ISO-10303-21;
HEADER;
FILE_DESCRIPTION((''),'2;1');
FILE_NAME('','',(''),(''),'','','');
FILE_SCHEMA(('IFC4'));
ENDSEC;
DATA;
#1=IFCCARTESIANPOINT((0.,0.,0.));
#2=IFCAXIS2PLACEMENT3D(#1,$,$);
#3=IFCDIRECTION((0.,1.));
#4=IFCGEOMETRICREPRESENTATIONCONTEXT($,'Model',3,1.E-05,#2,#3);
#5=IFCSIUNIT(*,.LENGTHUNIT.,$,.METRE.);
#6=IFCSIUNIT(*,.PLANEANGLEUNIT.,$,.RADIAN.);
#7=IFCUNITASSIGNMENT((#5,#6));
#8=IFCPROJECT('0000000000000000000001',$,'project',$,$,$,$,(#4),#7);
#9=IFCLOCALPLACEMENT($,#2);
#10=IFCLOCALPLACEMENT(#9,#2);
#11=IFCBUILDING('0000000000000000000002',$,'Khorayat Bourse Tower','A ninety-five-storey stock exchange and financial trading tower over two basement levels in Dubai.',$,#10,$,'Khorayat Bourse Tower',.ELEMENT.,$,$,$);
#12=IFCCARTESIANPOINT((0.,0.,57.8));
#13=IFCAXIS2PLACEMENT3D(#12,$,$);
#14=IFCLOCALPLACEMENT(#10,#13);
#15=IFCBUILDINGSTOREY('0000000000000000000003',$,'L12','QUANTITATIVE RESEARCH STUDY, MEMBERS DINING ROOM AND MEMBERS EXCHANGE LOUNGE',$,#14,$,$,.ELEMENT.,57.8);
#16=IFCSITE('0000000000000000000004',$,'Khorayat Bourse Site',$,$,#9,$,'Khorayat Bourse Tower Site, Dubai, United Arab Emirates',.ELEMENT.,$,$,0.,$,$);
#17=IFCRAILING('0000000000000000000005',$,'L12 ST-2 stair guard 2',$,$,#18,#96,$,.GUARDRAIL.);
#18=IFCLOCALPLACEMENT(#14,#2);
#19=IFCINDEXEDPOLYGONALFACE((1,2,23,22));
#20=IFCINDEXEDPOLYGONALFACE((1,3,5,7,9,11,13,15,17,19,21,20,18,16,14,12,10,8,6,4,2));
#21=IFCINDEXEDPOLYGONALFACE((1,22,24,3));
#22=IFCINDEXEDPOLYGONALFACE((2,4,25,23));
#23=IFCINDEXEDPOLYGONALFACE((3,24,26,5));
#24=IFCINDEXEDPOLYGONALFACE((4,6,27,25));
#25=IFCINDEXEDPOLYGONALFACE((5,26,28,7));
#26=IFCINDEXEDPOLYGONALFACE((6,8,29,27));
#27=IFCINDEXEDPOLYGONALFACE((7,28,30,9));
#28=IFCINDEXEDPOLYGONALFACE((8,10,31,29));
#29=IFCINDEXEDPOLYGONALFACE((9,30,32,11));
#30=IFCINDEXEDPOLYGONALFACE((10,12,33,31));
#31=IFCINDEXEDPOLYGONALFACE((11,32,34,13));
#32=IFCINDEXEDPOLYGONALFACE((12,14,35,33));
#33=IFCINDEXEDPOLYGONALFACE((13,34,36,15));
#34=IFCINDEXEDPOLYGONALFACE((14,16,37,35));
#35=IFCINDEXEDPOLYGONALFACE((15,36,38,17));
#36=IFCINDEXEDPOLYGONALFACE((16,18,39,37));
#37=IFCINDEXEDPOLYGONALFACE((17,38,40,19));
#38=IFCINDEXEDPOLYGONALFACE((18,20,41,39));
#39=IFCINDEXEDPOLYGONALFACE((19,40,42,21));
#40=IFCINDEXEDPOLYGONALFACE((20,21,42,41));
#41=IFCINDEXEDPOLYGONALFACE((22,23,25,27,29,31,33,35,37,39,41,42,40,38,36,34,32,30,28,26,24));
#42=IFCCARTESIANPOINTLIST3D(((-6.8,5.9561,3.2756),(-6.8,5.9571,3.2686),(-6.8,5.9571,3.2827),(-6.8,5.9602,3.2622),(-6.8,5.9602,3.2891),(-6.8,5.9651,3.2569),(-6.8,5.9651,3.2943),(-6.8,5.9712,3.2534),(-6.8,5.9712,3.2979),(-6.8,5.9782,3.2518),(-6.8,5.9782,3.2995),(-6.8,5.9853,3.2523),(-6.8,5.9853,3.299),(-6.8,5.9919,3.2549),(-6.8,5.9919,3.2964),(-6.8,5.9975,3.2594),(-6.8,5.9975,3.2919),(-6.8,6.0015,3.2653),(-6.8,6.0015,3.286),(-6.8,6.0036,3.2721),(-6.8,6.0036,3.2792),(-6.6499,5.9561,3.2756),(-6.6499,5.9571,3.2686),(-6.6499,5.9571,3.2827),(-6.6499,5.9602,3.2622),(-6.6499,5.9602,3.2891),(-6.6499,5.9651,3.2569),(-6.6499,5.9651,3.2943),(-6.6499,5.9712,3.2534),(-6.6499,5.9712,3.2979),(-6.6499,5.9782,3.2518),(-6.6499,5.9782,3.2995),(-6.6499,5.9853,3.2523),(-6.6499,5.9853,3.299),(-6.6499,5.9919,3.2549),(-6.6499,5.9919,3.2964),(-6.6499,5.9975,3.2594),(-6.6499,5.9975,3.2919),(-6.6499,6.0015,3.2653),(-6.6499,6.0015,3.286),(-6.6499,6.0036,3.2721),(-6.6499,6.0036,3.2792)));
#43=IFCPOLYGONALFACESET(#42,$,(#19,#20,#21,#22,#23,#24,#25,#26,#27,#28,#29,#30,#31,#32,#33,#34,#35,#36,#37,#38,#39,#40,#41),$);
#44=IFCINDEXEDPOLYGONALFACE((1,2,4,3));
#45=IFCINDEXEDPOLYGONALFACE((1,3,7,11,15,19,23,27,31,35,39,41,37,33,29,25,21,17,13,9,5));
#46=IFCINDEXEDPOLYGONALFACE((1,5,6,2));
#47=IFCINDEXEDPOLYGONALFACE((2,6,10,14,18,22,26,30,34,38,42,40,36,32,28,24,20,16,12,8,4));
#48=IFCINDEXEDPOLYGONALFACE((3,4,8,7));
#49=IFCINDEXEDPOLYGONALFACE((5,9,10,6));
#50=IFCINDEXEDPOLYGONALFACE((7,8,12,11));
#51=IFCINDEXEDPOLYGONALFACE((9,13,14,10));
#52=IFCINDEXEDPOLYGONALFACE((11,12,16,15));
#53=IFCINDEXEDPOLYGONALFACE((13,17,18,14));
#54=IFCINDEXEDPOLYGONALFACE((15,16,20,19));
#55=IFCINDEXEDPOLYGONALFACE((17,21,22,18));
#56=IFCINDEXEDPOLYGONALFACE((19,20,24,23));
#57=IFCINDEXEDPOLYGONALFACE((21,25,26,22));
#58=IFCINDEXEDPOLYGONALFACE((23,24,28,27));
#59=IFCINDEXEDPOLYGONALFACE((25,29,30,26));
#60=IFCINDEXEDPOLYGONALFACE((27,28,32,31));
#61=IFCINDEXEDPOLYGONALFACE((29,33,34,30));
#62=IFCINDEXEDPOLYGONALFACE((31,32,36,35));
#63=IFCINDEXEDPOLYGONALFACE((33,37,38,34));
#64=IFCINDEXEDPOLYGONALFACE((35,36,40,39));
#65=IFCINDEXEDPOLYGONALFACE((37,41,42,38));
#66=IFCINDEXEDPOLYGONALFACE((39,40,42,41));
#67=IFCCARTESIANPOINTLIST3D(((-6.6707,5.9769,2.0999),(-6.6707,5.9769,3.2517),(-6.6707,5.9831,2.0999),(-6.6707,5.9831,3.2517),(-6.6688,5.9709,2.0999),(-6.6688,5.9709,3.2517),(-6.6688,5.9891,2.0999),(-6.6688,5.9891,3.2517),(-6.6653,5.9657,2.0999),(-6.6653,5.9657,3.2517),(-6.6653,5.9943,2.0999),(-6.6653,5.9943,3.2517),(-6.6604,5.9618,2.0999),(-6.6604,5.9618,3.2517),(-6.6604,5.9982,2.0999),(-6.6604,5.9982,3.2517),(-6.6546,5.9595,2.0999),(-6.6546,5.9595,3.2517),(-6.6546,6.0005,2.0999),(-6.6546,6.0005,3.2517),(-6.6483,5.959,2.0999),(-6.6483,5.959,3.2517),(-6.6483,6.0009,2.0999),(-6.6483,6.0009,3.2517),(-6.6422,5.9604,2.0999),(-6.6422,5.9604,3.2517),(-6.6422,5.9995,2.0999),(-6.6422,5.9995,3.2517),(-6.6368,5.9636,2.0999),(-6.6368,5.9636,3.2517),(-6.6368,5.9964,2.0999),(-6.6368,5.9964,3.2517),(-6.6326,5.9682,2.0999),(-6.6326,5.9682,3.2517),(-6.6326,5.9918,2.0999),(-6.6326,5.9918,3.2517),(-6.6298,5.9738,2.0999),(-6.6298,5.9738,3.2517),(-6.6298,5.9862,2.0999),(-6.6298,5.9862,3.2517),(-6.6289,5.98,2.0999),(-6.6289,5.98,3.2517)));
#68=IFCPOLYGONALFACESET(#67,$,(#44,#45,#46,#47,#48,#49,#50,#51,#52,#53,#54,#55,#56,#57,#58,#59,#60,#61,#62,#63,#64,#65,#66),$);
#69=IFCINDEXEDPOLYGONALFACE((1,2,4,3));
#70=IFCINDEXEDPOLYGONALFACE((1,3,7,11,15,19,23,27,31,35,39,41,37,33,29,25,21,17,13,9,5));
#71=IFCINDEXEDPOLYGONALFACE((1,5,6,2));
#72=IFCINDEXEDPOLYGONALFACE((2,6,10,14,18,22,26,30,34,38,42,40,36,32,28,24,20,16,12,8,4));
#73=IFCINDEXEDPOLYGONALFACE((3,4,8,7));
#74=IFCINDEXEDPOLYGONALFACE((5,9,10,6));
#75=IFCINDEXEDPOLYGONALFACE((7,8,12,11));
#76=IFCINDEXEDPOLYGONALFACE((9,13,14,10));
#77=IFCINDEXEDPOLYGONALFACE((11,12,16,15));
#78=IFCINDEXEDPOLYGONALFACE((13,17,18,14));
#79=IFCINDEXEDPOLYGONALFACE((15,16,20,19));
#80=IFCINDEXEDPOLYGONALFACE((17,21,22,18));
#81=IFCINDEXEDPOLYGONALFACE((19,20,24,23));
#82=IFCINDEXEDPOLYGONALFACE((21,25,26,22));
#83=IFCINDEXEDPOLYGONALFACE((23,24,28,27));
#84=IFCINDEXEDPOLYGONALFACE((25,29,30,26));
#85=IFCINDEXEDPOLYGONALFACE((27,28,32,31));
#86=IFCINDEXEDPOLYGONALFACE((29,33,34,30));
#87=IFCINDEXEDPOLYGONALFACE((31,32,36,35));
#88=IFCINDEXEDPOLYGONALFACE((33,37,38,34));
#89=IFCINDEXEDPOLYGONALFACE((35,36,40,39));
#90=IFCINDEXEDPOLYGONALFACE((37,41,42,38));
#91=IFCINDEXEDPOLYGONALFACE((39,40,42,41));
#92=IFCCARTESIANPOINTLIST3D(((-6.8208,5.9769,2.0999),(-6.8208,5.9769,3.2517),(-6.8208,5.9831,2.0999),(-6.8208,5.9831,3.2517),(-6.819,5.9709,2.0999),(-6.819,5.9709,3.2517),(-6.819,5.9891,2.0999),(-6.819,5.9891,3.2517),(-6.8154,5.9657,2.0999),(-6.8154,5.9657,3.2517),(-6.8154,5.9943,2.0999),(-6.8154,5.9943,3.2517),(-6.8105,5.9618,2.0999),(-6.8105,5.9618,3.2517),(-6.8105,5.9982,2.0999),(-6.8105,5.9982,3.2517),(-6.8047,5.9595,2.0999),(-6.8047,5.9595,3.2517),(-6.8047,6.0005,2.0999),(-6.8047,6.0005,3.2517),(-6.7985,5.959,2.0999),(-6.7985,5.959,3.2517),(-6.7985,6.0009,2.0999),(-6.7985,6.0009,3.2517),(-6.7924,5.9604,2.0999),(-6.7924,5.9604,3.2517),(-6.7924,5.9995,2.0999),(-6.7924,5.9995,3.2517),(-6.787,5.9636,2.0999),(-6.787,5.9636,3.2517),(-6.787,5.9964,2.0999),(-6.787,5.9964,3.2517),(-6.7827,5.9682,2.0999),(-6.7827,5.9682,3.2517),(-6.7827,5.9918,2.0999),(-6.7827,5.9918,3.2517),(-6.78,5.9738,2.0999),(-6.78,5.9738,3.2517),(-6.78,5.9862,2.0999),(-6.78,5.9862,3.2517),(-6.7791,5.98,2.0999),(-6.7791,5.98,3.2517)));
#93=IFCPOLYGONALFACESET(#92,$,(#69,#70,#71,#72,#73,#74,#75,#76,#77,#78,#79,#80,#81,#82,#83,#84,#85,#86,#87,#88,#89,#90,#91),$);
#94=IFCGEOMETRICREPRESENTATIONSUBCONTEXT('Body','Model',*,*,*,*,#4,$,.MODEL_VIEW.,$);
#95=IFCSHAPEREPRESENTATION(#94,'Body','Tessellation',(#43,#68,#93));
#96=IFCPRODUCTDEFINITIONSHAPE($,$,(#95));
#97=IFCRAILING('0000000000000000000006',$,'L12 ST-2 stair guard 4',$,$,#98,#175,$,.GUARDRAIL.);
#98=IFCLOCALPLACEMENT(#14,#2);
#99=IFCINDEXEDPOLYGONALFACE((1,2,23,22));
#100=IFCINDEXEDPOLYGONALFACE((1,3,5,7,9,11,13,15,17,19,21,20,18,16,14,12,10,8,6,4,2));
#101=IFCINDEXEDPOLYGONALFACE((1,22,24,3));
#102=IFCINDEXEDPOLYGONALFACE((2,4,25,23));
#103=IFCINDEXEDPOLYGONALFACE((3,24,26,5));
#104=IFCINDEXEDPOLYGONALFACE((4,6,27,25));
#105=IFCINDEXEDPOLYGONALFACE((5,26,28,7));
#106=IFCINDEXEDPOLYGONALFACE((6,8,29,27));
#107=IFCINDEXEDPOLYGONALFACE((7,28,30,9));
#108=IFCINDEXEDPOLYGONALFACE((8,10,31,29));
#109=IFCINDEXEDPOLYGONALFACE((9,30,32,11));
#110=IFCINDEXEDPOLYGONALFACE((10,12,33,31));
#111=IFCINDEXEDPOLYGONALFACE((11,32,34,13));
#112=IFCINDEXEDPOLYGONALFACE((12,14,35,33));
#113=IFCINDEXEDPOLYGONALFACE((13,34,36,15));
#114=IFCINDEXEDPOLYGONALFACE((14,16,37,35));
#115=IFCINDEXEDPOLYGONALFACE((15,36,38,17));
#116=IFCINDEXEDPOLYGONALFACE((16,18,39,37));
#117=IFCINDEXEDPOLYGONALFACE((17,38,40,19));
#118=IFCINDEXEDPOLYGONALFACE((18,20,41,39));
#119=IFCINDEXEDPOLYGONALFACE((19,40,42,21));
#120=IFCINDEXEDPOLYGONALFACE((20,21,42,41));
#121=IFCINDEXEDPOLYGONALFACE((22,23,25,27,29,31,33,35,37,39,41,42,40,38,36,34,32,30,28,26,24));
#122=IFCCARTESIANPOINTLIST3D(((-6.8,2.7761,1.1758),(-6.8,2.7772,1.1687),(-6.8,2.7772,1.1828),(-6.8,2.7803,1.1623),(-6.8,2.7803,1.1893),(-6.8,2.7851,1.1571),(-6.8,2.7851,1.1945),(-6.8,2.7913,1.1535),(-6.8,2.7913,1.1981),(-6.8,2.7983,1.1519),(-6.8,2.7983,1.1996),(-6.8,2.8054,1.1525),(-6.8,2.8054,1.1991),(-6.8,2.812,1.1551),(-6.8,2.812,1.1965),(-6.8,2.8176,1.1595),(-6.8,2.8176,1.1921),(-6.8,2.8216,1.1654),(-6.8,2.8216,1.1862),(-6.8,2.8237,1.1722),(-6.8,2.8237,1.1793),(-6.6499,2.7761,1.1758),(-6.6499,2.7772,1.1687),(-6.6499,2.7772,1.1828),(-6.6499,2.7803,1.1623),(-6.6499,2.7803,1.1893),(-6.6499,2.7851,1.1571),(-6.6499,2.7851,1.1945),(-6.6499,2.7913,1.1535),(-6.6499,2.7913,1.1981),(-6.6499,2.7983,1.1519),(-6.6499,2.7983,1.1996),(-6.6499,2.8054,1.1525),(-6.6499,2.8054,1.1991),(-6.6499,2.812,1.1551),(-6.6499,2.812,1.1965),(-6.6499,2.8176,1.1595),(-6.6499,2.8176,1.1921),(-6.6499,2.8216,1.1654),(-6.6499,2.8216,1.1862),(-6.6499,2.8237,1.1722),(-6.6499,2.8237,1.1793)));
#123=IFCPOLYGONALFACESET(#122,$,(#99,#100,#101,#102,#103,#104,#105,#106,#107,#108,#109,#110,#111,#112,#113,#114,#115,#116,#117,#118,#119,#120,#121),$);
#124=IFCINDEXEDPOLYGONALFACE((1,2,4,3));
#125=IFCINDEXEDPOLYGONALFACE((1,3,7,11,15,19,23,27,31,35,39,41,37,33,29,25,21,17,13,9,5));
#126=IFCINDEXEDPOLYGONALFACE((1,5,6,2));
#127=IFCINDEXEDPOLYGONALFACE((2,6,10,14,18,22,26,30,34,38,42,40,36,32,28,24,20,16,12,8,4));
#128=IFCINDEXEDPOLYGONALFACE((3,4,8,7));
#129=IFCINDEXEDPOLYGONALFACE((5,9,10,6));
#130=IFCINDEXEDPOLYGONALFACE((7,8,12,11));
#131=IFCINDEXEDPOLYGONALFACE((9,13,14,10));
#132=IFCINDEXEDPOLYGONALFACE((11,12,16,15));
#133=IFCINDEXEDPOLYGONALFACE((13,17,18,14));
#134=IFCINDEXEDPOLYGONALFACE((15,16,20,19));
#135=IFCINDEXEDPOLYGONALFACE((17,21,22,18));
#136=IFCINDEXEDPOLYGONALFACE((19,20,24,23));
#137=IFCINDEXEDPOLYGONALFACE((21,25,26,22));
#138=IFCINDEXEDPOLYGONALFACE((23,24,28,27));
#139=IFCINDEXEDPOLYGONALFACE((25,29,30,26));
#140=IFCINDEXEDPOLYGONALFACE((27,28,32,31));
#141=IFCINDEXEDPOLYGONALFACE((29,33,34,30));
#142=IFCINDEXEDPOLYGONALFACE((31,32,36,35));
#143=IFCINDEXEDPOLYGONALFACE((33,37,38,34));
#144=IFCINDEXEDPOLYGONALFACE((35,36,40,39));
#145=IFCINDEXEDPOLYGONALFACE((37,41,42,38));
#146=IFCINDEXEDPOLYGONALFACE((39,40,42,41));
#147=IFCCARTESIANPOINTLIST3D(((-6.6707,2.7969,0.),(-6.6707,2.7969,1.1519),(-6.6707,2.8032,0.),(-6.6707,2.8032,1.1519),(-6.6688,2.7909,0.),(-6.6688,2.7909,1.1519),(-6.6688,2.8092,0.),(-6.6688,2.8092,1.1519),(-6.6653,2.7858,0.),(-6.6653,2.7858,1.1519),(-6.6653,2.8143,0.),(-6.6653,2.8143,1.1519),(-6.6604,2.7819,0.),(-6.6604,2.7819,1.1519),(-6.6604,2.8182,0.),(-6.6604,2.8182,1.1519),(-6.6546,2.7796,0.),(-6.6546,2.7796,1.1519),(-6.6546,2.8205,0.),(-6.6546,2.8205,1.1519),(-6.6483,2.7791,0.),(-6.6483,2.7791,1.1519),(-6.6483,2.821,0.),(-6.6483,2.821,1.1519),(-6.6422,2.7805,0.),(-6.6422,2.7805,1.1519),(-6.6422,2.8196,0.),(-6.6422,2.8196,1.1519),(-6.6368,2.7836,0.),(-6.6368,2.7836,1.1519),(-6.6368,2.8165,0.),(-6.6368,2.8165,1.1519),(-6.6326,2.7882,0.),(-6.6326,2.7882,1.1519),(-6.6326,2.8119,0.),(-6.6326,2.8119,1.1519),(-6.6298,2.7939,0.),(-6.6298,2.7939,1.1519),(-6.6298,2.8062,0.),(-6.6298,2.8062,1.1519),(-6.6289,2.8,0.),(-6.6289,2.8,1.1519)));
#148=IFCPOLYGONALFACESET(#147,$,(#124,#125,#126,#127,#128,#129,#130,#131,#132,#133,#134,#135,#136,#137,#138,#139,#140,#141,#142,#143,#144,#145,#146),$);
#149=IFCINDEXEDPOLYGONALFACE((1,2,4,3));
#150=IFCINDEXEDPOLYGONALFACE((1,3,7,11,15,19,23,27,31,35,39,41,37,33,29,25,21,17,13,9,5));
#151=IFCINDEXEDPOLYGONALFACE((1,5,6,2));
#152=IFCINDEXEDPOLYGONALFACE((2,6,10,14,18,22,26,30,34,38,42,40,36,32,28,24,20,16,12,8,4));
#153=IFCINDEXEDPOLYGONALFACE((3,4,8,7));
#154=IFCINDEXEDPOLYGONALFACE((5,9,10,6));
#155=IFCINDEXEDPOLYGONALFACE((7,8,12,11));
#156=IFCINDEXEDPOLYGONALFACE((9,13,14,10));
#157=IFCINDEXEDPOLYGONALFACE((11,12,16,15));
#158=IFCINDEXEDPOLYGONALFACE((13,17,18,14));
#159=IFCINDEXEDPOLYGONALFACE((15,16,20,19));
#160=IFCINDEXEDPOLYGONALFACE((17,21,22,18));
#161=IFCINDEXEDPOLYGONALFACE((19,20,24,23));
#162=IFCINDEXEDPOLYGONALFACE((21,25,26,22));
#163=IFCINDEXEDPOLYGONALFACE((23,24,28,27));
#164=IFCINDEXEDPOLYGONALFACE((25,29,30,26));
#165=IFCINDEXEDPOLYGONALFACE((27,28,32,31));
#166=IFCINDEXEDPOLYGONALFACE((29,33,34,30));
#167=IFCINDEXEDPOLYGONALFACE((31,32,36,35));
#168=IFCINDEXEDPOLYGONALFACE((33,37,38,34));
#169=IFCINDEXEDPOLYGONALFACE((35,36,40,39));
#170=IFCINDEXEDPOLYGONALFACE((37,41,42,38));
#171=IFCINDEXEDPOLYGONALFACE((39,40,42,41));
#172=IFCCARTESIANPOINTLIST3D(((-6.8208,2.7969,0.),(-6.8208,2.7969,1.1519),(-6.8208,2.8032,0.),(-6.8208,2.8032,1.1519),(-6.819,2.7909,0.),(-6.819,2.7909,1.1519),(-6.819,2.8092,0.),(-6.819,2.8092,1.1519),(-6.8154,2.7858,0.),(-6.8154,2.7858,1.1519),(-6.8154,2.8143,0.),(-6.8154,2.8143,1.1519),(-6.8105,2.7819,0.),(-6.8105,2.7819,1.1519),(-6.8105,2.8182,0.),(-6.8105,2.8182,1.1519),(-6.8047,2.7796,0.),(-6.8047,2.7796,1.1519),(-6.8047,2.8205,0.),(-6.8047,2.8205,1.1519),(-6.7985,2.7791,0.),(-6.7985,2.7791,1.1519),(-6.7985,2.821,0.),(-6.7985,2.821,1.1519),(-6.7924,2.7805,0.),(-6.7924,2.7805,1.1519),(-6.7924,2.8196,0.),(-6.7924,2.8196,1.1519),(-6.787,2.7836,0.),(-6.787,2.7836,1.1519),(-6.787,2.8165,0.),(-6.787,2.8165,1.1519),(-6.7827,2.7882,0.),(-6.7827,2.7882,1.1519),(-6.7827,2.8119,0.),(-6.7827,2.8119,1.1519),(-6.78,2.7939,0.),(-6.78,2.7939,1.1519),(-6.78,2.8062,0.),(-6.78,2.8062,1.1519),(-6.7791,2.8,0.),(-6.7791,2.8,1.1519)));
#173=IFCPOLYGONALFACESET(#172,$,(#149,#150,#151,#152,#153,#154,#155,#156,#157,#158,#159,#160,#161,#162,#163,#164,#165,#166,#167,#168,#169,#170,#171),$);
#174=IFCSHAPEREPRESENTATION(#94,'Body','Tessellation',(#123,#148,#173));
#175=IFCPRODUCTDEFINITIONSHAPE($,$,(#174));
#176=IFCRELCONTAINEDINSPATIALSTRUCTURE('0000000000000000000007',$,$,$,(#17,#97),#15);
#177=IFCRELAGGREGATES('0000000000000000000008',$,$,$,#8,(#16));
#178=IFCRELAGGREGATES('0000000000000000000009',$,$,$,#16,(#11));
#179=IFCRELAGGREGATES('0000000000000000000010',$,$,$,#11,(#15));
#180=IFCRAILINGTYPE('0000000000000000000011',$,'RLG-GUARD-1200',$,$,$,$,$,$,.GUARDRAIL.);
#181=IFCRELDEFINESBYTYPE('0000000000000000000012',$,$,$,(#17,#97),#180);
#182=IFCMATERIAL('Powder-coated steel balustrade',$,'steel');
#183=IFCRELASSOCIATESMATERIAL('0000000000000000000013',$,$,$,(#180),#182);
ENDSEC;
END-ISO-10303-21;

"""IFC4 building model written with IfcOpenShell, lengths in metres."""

from ifc_helpers import new_model, si_unit, direction, frame, origin, origin_2d, place, context, subcontext, project, spatial, circle, extrude, source, transform, mapped, material, type_object, element, save


model = new_model("IFC4")

# Units and contexts
model_context = context("Model", 3, precision=1e-05, world=origin(), true_north=direction((0.0, 1.0)))
body_context = subcontext(model_context, "Body", "Model", "MODEL_VIEW")
ifc_project = project(units=[si_unit("LENGTHUNIT", "METRE"), si_unit("PLANEANGLEUNIT", "RADIAN")], contexts=[model_context])

# Site, building, storey
site_placement = place(None, origin())
site = spatial("IfcSite", under=ifc_project, at=site_placement, Name="Khorayat Bourse Site", LongName="Khorayat Bourse Tower Site, Dubai, United Arab Emirates", CompositionType="ELEMENT", RefElevation=0.0)
building_placement = place(site_placement, origin())
building = spatial("IfcBuilding", under=site, at=building_placement, Name="Khorayat Bourse Tower", Description="A ninety-five-storey stock exchange and financial trading tower over two basement levels in Dubai.", LongName="Khorayat Bourse Tower", CompositionType="ELEMENT")
storey_placement = place(building_placement, frame((0.0, 0.0, 57.8)))
storey = spatial("IfcBuildingStorey", under=building, at=storey_placement, Name="L12", Description="QUANTITATIVE RESEARCH STUDY, MEMBERS DINING ROOM AND MEMBERS EXCHANGE LOUNGE", CompositionType="ELEMENT", Elevation=57.8)

# Railings
ifc_material_1 = material(Name="Powder-coated steel balustrade", Category="steel")
railing_type_1 = type_object("IfcRailingType", Name="RLG-GUARD-1200", PredefinedType="GUARDRAIL", material=ifc_material_1)
shared_shape_1 = source(origin(), body_context, "Body", "SweptSolid", [
    extrude(circle(Radius=0.0239, at=origin_2d()), frame((0.0, 0.0, 1.1758), z_axis=(-1.0, 0.0, 0.0), x_axis=(0.0, -1.0, 0.0)), (0.0, 0.0, 1.0), 0.1501),
    extrude(circle(Radius=0.021, at=origin_2d()), origin(), (0.0, 0.0, 1.0), 1.1519),
    extrude(circle(Radius=0.021, at=origin_2d()), frame((-0.1501, 0.0, 0.0)), (0.0, 0.0, 1.0), 1.1519),
])
for number, where, name in (
    (1, (-6.6499, 5.98, 2.0999), "L12 ST-2 stair guard 2"),
    (2, (-6.6499, 2.8, 0.0), "L12 ST-2 stair guard 4"),
):
    element("IfcRailing", number, at=place(storey_placement, frame(where)), inside=storey, type_object=railing_type_1, Name=name, PredefinedType="GUARDRAIL", context=body_context, shape_type="MappedRepresentation", body=[
        mapped(shared_shape_1, transform((0.0, 0.0, 0.0), scale=1.0)),
    ])

save(model, "model.ifc")
